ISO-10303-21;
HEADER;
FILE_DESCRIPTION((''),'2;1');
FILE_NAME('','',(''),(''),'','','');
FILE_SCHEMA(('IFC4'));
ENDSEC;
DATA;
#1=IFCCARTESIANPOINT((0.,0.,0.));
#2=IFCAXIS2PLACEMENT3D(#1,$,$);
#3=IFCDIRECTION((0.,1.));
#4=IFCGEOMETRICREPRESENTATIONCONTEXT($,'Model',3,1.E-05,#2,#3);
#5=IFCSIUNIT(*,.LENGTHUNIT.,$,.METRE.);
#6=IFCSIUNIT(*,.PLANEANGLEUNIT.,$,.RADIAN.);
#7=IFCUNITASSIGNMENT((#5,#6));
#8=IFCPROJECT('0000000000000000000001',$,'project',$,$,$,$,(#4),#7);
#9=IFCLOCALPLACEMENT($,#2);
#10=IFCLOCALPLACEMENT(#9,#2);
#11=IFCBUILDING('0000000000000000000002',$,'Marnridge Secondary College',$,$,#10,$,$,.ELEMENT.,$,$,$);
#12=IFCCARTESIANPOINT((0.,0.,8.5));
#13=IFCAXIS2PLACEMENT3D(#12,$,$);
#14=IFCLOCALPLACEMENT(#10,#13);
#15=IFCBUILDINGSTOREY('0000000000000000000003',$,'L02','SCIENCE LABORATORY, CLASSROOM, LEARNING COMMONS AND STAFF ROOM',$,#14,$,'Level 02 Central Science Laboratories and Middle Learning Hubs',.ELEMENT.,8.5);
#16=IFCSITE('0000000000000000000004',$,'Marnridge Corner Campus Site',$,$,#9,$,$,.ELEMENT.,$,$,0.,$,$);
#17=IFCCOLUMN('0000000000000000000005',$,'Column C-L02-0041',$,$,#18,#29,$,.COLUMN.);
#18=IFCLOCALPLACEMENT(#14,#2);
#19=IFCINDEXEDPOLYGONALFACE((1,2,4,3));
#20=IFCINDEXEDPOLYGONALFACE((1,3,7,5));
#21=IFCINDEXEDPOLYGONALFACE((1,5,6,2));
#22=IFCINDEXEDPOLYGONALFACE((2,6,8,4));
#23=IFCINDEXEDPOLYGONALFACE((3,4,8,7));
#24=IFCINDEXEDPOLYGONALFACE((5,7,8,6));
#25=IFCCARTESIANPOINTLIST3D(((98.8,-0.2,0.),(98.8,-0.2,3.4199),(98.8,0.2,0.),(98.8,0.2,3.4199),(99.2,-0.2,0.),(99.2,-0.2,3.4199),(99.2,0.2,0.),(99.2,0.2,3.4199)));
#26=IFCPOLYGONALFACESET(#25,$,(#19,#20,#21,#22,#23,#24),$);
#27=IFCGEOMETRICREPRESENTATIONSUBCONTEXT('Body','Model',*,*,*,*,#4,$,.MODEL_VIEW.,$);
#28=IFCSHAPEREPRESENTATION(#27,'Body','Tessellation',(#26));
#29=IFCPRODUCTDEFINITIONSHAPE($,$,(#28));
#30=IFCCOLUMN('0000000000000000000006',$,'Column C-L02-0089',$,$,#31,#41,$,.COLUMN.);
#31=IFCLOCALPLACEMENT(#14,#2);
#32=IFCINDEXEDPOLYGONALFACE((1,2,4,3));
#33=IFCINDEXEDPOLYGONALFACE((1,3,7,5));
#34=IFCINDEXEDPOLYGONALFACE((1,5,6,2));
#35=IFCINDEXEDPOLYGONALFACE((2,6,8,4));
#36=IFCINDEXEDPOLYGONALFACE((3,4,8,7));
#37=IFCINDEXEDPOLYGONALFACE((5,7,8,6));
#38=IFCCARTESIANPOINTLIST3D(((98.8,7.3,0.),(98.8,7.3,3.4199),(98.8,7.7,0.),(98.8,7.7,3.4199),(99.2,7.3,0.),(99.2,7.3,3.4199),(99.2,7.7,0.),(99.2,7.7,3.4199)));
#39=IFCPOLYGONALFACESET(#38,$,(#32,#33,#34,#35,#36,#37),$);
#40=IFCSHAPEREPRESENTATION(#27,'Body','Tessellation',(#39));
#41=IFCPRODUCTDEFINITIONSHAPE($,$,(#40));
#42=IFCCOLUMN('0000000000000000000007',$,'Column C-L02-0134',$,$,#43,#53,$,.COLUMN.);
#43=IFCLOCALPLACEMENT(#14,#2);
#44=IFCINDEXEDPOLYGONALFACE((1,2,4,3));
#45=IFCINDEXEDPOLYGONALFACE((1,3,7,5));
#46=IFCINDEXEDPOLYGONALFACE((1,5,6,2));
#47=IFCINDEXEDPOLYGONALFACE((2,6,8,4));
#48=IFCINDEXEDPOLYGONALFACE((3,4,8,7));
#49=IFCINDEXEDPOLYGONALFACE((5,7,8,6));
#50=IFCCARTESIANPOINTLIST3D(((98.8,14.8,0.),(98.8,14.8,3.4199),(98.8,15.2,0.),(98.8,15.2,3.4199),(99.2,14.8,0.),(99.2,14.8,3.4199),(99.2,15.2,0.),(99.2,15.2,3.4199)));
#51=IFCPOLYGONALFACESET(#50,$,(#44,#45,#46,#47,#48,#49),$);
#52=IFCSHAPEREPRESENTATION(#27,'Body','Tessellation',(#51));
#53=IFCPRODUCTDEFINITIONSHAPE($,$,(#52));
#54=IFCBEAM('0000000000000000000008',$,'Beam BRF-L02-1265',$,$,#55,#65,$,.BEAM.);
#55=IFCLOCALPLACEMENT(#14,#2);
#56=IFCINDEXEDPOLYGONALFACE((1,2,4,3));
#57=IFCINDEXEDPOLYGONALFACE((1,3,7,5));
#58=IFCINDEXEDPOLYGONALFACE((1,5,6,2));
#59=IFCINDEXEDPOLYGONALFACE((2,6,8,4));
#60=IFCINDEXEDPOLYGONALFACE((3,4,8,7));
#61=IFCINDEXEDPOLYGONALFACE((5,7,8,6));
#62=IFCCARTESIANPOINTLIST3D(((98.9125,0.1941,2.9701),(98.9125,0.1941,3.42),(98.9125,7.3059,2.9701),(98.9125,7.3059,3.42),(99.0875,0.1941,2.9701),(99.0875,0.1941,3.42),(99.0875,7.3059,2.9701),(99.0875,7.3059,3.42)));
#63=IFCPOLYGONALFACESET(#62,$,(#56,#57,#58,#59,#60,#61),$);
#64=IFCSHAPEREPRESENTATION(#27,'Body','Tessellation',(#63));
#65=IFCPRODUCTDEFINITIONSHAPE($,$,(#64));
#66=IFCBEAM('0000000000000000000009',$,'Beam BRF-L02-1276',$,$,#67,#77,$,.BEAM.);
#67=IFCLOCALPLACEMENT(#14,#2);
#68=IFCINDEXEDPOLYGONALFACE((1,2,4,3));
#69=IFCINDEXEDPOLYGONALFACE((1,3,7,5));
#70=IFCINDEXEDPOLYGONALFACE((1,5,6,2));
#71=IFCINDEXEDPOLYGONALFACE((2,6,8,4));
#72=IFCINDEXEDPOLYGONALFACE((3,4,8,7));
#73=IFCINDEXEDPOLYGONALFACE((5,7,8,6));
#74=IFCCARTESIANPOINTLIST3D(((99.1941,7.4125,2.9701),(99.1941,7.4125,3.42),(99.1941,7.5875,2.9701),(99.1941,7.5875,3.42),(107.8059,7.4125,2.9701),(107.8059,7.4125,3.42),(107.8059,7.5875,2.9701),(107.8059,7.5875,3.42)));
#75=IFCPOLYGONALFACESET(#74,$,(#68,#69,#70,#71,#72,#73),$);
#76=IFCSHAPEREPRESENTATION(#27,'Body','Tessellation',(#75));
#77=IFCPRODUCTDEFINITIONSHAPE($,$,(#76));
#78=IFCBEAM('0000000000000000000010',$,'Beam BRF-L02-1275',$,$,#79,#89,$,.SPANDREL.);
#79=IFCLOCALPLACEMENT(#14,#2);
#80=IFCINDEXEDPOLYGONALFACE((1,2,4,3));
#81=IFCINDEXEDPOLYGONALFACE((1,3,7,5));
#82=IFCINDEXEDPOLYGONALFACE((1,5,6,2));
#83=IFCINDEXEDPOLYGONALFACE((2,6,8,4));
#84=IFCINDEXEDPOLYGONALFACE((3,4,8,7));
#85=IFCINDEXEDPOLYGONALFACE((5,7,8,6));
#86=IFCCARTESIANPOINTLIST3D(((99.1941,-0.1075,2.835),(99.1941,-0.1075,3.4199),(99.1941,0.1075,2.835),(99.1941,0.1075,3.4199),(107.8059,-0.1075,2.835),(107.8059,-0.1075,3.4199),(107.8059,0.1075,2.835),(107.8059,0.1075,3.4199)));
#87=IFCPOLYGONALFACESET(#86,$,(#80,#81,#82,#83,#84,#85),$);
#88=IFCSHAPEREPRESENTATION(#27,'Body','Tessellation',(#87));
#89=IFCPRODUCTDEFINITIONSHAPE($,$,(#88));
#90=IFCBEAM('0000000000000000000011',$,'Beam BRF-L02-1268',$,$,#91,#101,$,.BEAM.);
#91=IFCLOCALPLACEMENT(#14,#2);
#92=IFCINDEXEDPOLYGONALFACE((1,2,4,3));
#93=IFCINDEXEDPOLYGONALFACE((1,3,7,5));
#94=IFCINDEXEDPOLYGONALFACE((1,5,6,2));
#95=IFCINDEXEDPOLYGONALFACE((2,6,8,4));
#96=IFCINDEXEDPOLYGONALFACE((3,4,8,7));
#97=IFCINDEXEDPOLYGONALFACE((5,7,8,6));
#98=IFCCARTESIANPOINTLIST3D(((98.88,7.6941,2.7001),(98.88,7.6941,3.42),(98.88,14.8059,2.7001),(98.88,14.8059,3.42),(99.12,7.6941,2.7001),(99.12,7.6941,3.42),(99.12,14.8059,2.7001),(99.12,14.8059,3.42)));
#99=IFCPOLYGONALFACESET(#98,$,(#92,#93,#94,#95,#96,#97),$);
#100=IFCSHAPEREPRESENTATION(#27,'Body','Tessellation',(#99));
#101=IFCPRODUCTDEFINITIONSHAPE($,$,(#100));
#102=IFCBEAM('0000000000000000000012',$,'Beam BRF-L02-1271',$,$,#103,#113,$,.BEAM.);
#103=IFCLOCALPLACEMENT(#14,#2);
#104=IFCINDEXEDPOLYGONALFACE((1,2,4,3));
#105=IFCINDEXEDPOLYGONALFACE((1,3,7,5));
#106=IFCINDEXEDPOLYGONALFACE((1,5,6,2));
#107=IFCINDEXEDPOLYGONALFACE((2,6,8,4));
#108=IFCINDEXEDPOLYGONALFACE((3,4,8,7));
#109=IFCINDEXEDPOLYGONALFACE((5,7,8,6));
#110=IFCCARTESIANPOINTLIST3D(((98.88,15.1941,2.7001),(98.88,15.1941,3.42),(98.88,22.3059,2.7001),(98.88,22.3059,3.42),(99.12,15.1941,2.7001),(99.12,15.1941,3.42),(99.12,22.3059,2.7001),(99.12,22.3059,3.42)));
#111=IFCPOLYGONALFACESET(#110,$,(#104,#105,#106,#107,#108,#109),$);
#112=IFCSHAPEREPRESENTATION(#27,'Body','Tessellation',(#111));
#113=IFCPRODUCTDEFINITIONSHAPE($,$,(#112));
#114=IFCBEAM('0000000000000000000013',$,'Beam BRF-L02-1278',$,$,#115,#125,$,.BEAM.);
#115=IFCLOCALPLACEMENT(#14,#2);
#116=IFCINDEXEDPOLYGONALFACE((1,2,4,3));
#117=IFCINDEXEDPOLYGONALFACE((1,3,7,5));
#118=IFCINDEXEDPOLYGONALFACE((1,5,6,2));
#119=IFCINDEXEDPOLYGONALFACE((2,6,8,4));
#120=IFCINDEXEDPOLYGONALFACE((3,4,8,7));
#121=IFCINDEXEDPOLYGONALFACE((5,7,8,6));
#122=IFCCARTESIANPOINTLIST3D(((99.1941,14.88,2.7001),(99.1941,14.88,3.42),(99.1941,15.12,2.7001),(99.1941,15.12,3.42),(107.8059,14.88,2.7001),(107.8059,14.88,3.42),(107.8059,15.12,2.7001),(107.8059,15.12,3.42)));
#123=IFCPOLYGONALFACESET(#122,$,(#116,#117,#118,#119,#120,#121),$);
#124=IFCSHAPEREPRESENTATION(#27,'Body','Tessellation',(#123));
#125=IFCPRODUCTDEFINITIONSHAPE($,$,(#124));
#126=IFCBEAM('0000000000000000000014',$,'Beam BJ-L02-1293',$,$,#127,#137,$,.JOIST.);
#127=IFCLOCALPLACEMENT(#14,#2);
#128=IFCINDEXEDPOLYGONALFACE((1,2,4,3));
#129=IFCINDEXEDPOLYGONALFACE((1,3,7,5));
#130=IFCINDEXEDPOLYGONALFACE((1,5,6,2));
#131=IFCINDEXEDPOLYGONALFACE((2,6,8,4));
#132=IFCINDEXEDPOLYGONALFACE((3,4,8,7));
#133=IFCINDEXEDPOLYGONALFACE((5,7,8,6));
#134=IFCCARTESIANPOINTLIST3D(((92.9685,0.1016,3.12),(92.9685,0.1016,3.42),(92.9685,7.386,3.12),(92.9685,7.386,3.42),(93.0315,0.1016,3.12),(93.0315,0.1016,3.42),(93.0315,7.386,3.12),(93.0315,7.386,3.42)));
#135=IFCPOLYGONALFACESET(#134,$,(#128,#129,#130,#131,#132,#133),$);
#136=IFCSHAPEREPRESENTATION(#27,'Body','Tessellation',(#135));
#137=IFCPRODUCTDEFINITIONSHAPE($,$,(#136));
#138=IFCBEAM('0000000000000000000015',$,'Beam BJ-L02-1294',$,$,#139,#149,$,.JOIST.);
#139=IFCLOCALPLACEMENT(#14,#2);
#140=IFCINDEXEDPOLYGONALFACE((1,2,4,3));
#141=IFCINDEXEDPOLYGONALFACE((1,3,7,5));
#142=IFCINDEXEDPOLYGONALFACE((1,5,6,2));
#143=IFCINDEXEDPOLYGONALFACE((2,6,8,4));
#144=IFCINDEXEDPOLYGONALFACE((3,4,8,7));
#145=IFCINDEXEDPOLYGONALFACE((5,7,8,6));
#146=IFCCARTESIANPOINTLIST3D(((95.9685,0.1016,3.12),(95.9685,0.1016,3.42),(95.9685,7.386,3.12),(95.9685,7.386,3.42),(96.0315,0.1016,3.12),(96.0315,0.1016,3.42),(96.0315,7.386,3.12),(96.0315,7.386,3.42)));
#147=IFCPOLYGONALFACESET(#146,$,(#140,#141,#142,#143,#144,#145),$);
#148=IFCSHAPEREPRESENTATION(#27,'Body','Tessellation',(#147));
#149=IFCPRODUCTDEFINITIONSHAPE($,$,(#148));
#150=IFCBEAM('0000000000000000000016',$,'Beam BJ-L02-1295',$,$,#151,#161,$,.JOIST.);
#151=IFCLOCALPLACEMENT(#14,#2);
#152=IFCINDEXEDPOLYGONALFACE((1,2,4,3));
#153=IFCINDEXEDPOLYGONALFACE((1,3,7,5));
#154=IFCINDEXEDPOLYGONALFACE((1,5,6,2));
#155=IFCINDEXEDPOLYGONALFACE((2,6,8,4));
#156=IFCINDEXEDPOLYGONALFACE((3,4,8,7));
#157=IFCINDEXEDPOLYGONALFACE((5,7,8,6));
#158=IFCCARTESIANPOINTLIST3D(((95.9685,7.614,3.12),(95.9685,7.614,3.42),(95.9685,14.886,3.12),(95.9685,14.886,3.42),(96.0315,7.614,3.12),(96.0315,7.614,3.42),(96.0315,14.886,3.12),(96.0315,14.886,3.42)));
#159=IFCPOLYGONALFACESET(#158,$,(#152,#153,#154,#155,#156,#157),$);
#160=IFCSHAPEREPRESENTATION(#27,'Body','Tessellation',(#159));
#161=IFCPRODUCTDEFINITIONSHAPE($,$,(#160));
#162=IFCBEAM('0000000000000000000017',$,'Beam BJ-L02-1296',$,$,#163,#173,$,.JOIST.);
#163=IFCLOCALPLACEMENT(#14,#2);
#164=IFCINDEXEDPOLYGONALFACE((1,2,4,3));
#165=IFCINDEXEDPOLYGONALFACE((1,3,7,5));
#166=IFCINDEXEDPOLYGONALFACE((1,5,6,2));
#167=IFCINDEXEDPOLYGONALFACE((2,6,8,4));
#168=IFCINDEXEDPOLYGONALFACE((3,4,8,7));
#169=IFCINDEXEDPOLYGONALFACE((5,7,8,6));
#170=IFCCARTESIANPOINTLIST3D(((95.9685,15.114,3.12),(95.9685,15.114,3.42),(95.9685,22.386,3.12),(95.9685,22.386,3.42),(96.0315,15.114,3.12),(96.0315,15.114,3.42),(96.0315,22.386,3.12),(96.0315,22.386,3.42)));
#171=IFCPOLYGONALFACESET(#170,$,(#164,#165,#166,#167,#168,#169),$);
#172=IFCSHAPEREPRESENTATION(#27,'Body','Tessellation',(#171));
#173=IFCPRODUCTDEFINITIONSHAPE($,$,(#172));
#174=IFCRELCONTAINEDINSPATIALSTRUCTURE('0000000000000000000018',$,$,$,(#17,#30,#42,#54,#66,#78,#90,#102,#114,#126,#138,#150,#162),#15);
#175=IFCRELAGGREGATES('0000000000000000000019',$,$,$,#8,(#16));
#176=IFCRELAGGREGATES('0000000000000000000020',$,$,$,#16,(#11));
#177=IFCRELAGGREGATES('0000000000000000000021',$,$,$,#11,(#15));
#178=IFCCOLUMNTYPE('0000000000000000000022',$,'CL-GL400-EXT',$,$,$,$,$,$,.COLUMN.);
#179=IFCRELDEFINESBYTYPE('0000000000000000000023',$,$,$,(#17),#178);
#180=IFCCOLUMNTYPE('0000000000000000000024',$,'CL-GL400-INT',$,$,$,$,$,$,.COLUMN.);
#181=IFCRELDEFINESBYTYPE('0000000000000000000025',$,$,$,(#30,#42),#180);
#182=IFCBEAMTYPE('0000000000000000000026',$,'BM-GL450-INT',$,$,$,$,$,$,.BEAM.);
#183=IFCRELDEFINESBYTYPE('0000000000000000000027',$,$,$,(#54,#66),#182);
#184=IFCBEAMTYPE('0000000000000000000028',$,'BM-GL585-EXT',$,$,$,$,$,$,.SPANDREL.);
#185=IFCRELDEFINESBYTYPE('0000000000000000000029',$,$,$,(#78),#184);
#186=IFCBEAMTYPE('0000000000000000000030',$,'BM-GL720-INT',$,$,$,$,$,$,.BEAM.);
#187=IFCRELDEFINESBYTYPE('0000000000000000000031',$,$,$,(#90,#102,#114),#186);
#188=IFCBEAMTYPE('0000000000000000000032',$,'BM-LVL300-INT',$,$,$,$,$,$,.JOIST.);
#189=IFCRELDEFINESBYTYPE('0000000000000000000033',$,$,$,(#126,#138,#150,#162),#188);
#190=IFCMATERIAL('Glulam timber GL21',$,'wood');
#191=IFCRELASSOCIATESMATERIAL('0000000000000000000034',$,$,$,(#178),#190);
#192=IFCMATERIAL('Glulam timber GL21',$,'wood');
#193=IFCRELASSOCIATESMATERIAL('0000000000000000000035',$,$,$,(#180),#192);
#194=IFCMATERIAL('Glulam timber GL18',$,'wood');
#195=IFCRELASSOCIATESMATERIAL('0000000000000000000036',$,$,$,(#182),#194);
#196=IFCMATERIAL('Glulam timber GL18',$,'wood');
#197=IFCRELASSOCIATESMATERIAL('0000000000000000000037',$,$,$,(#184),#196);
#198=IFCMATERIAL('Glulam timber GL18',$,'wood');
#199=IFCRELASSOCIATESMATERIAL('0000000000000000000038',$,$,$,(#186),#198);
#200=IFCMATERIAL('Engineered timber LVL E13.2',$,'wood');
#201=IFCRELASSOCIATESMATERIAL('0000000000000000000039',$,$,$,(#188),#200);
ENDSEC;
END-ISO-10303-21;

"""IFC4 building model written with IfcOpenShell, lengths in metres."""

from ifc_helpers import new_model, si_unit, direction, frame, origin, origin_2d, place, context, subcontext, project, spatial, rectangle, extrude, material, material_profile, profile_set, type_object, element, save


model = new_model("IFC4")

# Units and contexts
model_context = context("Model", 3, precision=1e-05, world=origin(), true_north=direction((0.0, 1.0)))
body_context = subcontext(model_context, "Body", "Model", "MODEL_VIEW")
ifc_project = project(units=[si_unit("LENGTHUNIT", "METRE"), si_unit("PLANEANGLEUNIT", "RADIAN")], contexts=[model_context])

# Site, building, storey
site_placement = place(None, origin())
site = spatial("IfcSite", under=ifc_project, at=site_placement, Name="Marnridge Corner Campus Site", CompositionType="ELEMENT", RefElevation=0.0)
building_placement = place(site_placement, origin())
building = spatial("IfcBuilding", under=site, at=building_placement, Name="Marnridge Secondary College", CompositionType="ELEMENT")
storey_placement = place(building_placement, frame((0.0, 0.0, 8.5)))
storey = spatial("IfcBuildingStorey", under=building, at=storey_placement, Name="L02", Description="SCIENCE LABORATORY, CLASSROOM, LEARNING COMMONS AND STAFF ROOM", LongName="Level 02 Central Science Laboratories and Middle Learning Hubs", CompositionType="ELEMENT", Elevation=8.5)

# Columns
ifc_material_1 = material(Name="Glulam timber GL21", Category="wood")
ifc_material_profile_1 = material_profile(ifc_material_1, rectangle(XDim=0.3999, YDim=0.3999, at=origin_2d()), Name="GL21 400x400")
ifc_profile_set_1 = profile_set([ifc_material_profile_1], Name="Glulam timber GL21")
column_type_1 = type_object("IfcColumnType", Name="CL-GL400-EXT", PredefinedType="COLUMN", material=ifc_profile_set_1)
column_placement = place(storey_placement, frame((99.0, 0.0, 0.0), z_axis=(0.0, 0.0, 1.0), x_axis=(1.0, 0.0, 0.0)))
element("IfcColumn", 1, at=column_placement, inside=storey, type_object=column_type_1, Name="Column C-L02-0041", PredefinedType="COLUMN", context=body_context, shape_type="SweptSolid", body=[
    extrude(rectangle(XDim=0.3999, YDim=0.3999, at=origin_2d()), origin(), (0.0, 0.0, 1.0), 3.4199),
])
ifc_material_2 = material(Name="Glulam timber GL21", Category="wood")
ifc_material_profile_2 = material_profile(ifc_material_2, rectangle(XDim=0.3999, YDim=0.3999, at=origin_2d()), Name="GL21 400x400")
ifc_profile_set_2 = profile_set([ifc_material_profile_2], Name="Glulam timber GL21")
column_type_2 = type_object("IfcColumnType", Name="CL-GL400-INT", PredefinedType="COLUMN", material=ifc_profile_set_2)
for number, where, z_axis, x_axis, name in (
    (2, (99.0, 7.5, 0.0), (0.0, 0.0, 1.0), (1.0, 0.0, 0.0), "Column C-L02-0089"),
    (3, (99.0, 15.0, 0.0), (0.0, 0.0, 1.0), (1.0, 0.0, 0.0), "Column C-L02-0134"),
):
    element("IfcColumn", number, at=place(storey_placement, frame(where, z_axis=z_axis, x_axis=x_axis)), inside=storey, type_object=column_type_2, Name=name, PredefinedType="COLUMN", context=body_context, shape_type="SweptSolid", body=[
        extrude(rectangle(XDim=0.3999, YDim=0.3999, at=origin_2d()), origin(), (0.0, 0.0, 1.0), 3.4199),
    ])

# Beams
ifc_material_3 = material(Name="Glulam timber GL18", Category="wood")
ifc_material_profile_3 = material_profile(ifc_material_3, rectangle(XDim=0.175, YDim=0.45, at=origin_2d()), Name="GL18 175x450")
ifc_profile_set_3 = profile_set([ifc_material_profile_3], Name="Glulam timber GL18")
beam_type_1 = type_object("IfcBeamType", Name="BM-GL450-INT", PredefinedType="BEAM", material=ifc_profile_set_3)
beam_1_placement = place(storey_placement, frame((99.0, 0.1941, 3.1951), z_axis=(0.0, 1.0, 0.0), x_axis=(-1.0, 0.0, 0.0)))
element("IfcBeam", 4, at=beam_1_placement, inside=storey, type_object=beam_type_1, Name="Beam BRF-L02-1265", PredefinedType="BEAM", context=body_context, shape_type="SweptSolid", body=[
    extrude(rectangle(XDim=0.175, YDim=0.45, at=origin_2d()), origin(), (0.0, 0.0, 1.0), 7.1118),
])
beam_2_placement = place(storey_placement, frame((99.1941, 7.5, 3.1951), z_axis=(1.0, 0.0, 0.0), x_axis=(0.0, 1.0, 0.0)))
element("IfcBeam", 5, at=beam_2_placement, inside=storey, type_object=beam_type_1, Name="Beam BRF-L02-1276", PredefinedType="BEAM", context=body_context, shape_type="SweptSolid", body=[
    extrude(rectangle(XDim=0.175, YDim=0.45, at=origin_2d()), origin(), (0.0, 0.0, 1.0), 8.6118),
])
ifc_material_4 = material(Name="Glulam timber GL18", Category="wood")
ifc_material_profile_4 = material_profile(ifc_material_4, rectangle(XDim=0.2151, YDim=0.585, at=origin_2d()), Name="GL18 215x585")
ifc_profile_set_4 = profile_set([ifc_material_profile_4], Name="Glulam timber GL18")
beam_type_2 = type_object("IfcBeamType", Name="BM-GL585-EXT", PredefinedType="SPANDREL", material=ifc_profile_set_4)
beam_3_placement = place(storey_placement, frame((99.1941, 0.0, 3.1274), z_axis=(1.0, 0.0, 0.0), x_axis=(0.0, 1.0, 0.0)))
element("IfcBeam", 6, at=beam_3_placement, inside=storey, type_object=beam_type_2, Name="Beam BRF-L02-1275", PredefinedType="SPANDREL", context=body_context, shape_type="SweptSolid", body=[
    extrude(rectangle(XDim=0.2151, YDim=0.585, at=origin_2d()), origin(), (0.0, 0.0, 1.0), 8.6118),
])
ifc_material_5 = material(Name="Glulam timber GL18", Category="wood")
ifc_material_profile_5 = material_profile(ifc_material_5, rectangle(XDim=0.24, YDim=0.72, at=origin_2d()), Name="GL18 240x720")
ifc_profile_set_5 = profile_set([ifc_material_profile_5], Name="Glulam timber GL18")
beam_type_3 = type_object("IfcBeamType", Name="BM-GL720-INT", PredefinedType="BEAM", material=ifc_profile_set_5)
for number, where, z_axis, x_axis, name in (
    (7, (99.0, 7.6941, 3.0601), (0.0, 1.0, 0.0), (-1.0, 0.0, 0.0), "Beam BRF-L02-1268"),
    (8, (99.0, 15.1941, 3.0601), (0.0, 1.0, 0.0), (-1.0, 0.0, 0.0), "Beam BRF-L02-1271"),
):
    element("IfcBeam", number, at=place(storey_placement, frame(where, z_axis=z_axis, x_axis=x_axis)), inside=storey, type_object=beam_type_3, Name=name, PredefinedType="BEAM", context=body_context, shape_type="SweptSolid", body=[
        extrude(rectangle(XDim=0.24, YDim=0.72, at=origin_2d()), origin(), (0.0, 0.0, 1.0), 7.1118),
    ])
beam_4_placement = place(storey_placement, frame((99.1941, 15.0, 3.0601), z_axis=(1.0, 0.0, 0.0), x_axis=(0.0, 1.0, 0.0)))
element("IfcBeam", 9, at=beam_4_placement, inside=storey, type_object=beam_type_3, Name="Beam BRF-L02-1278", PredefinedType="BEAM", context=body_context, shape_type="SweptSolid", body=[
    extrude(rectangle(XDim=0.24, YDim=0.72, at=origin_2d()), origin(), (0.0, 0.0, 1.0), 8.6118),
])
ifc_material_6 = material(Name="Engineered timber LVL E13.2", Category="wood")
ifc_material_profile_6 = material_profile(ifc_material_6, rectangle(XDim=0.063, YDim=0.3, at=origin_2d()), Name="LVL 63x300")
ifc_profile_set_6 = profile_set([ifc_material_profile_6], Name="Engineered timber LVL E13.2")
beam_type_4 = type_object("IfcBeamType", Name="BM-LVL300-INT", PredefinedType="JOIST", material=ifc_profile_set_6)
for number, where, z_axis, x_axis, name in (
    (10, (93.0, 0.1016, 3.27), (0.0, 1.0, 0.0), (-1.0, 0.0, 0.0), "Beam BJ-L02-1293"),
    (11, (96.0, 0.1016, 3.27), (0.0, 1.0, 0.0), (-1.0, 0.0, 0.0), "Beam BJ-L02-1294"),
):
    element("IfcBeam", number, at=place(storey_placement, frame(where, z_axis=z_axis, x_axis=x_axis)), inside=storey, type_object=beam_type_4, Name=name, PredefinedType="JOIST", context=body_context, shape_type="SweptSolid", body=[
        extrude(rectangle(XDim=0.063, YDim=0.3, at=origin_2d()), origin(), (0.0, 0.0, 1.0), 7.2844),
    ])
for number, where, z_axis, x_axis, name in (
    (12, (96.0, 7.614, 3.27), (0.0, 1.0, 0.0), (-1.0, 0.0, 0.0), "Beam BJ-L02-1295"),
    (13, (96.0, 15.114, 3.27), (0.0, 1.0, 0.0), (-1.0, 0.0, 0.0), "Beam BJ-L02-1296"),
):
    element("IfcBeam", number, at=place(storey_placement, frame(where, z_axis=z_axis, x_axis=x_axis)), inside=storey, type_object=beam_type_4, Name=name, PredefinedType="JOIST", context=body_context, shape_type="SweptSolid", body=[
        extrude(rectangle(XDim=0.063, YDim=0.3, at=origin_2d()), origin(), (0.0, 0.0, 1.0), 7.272),
    ])

save(model, "model.ifc")
